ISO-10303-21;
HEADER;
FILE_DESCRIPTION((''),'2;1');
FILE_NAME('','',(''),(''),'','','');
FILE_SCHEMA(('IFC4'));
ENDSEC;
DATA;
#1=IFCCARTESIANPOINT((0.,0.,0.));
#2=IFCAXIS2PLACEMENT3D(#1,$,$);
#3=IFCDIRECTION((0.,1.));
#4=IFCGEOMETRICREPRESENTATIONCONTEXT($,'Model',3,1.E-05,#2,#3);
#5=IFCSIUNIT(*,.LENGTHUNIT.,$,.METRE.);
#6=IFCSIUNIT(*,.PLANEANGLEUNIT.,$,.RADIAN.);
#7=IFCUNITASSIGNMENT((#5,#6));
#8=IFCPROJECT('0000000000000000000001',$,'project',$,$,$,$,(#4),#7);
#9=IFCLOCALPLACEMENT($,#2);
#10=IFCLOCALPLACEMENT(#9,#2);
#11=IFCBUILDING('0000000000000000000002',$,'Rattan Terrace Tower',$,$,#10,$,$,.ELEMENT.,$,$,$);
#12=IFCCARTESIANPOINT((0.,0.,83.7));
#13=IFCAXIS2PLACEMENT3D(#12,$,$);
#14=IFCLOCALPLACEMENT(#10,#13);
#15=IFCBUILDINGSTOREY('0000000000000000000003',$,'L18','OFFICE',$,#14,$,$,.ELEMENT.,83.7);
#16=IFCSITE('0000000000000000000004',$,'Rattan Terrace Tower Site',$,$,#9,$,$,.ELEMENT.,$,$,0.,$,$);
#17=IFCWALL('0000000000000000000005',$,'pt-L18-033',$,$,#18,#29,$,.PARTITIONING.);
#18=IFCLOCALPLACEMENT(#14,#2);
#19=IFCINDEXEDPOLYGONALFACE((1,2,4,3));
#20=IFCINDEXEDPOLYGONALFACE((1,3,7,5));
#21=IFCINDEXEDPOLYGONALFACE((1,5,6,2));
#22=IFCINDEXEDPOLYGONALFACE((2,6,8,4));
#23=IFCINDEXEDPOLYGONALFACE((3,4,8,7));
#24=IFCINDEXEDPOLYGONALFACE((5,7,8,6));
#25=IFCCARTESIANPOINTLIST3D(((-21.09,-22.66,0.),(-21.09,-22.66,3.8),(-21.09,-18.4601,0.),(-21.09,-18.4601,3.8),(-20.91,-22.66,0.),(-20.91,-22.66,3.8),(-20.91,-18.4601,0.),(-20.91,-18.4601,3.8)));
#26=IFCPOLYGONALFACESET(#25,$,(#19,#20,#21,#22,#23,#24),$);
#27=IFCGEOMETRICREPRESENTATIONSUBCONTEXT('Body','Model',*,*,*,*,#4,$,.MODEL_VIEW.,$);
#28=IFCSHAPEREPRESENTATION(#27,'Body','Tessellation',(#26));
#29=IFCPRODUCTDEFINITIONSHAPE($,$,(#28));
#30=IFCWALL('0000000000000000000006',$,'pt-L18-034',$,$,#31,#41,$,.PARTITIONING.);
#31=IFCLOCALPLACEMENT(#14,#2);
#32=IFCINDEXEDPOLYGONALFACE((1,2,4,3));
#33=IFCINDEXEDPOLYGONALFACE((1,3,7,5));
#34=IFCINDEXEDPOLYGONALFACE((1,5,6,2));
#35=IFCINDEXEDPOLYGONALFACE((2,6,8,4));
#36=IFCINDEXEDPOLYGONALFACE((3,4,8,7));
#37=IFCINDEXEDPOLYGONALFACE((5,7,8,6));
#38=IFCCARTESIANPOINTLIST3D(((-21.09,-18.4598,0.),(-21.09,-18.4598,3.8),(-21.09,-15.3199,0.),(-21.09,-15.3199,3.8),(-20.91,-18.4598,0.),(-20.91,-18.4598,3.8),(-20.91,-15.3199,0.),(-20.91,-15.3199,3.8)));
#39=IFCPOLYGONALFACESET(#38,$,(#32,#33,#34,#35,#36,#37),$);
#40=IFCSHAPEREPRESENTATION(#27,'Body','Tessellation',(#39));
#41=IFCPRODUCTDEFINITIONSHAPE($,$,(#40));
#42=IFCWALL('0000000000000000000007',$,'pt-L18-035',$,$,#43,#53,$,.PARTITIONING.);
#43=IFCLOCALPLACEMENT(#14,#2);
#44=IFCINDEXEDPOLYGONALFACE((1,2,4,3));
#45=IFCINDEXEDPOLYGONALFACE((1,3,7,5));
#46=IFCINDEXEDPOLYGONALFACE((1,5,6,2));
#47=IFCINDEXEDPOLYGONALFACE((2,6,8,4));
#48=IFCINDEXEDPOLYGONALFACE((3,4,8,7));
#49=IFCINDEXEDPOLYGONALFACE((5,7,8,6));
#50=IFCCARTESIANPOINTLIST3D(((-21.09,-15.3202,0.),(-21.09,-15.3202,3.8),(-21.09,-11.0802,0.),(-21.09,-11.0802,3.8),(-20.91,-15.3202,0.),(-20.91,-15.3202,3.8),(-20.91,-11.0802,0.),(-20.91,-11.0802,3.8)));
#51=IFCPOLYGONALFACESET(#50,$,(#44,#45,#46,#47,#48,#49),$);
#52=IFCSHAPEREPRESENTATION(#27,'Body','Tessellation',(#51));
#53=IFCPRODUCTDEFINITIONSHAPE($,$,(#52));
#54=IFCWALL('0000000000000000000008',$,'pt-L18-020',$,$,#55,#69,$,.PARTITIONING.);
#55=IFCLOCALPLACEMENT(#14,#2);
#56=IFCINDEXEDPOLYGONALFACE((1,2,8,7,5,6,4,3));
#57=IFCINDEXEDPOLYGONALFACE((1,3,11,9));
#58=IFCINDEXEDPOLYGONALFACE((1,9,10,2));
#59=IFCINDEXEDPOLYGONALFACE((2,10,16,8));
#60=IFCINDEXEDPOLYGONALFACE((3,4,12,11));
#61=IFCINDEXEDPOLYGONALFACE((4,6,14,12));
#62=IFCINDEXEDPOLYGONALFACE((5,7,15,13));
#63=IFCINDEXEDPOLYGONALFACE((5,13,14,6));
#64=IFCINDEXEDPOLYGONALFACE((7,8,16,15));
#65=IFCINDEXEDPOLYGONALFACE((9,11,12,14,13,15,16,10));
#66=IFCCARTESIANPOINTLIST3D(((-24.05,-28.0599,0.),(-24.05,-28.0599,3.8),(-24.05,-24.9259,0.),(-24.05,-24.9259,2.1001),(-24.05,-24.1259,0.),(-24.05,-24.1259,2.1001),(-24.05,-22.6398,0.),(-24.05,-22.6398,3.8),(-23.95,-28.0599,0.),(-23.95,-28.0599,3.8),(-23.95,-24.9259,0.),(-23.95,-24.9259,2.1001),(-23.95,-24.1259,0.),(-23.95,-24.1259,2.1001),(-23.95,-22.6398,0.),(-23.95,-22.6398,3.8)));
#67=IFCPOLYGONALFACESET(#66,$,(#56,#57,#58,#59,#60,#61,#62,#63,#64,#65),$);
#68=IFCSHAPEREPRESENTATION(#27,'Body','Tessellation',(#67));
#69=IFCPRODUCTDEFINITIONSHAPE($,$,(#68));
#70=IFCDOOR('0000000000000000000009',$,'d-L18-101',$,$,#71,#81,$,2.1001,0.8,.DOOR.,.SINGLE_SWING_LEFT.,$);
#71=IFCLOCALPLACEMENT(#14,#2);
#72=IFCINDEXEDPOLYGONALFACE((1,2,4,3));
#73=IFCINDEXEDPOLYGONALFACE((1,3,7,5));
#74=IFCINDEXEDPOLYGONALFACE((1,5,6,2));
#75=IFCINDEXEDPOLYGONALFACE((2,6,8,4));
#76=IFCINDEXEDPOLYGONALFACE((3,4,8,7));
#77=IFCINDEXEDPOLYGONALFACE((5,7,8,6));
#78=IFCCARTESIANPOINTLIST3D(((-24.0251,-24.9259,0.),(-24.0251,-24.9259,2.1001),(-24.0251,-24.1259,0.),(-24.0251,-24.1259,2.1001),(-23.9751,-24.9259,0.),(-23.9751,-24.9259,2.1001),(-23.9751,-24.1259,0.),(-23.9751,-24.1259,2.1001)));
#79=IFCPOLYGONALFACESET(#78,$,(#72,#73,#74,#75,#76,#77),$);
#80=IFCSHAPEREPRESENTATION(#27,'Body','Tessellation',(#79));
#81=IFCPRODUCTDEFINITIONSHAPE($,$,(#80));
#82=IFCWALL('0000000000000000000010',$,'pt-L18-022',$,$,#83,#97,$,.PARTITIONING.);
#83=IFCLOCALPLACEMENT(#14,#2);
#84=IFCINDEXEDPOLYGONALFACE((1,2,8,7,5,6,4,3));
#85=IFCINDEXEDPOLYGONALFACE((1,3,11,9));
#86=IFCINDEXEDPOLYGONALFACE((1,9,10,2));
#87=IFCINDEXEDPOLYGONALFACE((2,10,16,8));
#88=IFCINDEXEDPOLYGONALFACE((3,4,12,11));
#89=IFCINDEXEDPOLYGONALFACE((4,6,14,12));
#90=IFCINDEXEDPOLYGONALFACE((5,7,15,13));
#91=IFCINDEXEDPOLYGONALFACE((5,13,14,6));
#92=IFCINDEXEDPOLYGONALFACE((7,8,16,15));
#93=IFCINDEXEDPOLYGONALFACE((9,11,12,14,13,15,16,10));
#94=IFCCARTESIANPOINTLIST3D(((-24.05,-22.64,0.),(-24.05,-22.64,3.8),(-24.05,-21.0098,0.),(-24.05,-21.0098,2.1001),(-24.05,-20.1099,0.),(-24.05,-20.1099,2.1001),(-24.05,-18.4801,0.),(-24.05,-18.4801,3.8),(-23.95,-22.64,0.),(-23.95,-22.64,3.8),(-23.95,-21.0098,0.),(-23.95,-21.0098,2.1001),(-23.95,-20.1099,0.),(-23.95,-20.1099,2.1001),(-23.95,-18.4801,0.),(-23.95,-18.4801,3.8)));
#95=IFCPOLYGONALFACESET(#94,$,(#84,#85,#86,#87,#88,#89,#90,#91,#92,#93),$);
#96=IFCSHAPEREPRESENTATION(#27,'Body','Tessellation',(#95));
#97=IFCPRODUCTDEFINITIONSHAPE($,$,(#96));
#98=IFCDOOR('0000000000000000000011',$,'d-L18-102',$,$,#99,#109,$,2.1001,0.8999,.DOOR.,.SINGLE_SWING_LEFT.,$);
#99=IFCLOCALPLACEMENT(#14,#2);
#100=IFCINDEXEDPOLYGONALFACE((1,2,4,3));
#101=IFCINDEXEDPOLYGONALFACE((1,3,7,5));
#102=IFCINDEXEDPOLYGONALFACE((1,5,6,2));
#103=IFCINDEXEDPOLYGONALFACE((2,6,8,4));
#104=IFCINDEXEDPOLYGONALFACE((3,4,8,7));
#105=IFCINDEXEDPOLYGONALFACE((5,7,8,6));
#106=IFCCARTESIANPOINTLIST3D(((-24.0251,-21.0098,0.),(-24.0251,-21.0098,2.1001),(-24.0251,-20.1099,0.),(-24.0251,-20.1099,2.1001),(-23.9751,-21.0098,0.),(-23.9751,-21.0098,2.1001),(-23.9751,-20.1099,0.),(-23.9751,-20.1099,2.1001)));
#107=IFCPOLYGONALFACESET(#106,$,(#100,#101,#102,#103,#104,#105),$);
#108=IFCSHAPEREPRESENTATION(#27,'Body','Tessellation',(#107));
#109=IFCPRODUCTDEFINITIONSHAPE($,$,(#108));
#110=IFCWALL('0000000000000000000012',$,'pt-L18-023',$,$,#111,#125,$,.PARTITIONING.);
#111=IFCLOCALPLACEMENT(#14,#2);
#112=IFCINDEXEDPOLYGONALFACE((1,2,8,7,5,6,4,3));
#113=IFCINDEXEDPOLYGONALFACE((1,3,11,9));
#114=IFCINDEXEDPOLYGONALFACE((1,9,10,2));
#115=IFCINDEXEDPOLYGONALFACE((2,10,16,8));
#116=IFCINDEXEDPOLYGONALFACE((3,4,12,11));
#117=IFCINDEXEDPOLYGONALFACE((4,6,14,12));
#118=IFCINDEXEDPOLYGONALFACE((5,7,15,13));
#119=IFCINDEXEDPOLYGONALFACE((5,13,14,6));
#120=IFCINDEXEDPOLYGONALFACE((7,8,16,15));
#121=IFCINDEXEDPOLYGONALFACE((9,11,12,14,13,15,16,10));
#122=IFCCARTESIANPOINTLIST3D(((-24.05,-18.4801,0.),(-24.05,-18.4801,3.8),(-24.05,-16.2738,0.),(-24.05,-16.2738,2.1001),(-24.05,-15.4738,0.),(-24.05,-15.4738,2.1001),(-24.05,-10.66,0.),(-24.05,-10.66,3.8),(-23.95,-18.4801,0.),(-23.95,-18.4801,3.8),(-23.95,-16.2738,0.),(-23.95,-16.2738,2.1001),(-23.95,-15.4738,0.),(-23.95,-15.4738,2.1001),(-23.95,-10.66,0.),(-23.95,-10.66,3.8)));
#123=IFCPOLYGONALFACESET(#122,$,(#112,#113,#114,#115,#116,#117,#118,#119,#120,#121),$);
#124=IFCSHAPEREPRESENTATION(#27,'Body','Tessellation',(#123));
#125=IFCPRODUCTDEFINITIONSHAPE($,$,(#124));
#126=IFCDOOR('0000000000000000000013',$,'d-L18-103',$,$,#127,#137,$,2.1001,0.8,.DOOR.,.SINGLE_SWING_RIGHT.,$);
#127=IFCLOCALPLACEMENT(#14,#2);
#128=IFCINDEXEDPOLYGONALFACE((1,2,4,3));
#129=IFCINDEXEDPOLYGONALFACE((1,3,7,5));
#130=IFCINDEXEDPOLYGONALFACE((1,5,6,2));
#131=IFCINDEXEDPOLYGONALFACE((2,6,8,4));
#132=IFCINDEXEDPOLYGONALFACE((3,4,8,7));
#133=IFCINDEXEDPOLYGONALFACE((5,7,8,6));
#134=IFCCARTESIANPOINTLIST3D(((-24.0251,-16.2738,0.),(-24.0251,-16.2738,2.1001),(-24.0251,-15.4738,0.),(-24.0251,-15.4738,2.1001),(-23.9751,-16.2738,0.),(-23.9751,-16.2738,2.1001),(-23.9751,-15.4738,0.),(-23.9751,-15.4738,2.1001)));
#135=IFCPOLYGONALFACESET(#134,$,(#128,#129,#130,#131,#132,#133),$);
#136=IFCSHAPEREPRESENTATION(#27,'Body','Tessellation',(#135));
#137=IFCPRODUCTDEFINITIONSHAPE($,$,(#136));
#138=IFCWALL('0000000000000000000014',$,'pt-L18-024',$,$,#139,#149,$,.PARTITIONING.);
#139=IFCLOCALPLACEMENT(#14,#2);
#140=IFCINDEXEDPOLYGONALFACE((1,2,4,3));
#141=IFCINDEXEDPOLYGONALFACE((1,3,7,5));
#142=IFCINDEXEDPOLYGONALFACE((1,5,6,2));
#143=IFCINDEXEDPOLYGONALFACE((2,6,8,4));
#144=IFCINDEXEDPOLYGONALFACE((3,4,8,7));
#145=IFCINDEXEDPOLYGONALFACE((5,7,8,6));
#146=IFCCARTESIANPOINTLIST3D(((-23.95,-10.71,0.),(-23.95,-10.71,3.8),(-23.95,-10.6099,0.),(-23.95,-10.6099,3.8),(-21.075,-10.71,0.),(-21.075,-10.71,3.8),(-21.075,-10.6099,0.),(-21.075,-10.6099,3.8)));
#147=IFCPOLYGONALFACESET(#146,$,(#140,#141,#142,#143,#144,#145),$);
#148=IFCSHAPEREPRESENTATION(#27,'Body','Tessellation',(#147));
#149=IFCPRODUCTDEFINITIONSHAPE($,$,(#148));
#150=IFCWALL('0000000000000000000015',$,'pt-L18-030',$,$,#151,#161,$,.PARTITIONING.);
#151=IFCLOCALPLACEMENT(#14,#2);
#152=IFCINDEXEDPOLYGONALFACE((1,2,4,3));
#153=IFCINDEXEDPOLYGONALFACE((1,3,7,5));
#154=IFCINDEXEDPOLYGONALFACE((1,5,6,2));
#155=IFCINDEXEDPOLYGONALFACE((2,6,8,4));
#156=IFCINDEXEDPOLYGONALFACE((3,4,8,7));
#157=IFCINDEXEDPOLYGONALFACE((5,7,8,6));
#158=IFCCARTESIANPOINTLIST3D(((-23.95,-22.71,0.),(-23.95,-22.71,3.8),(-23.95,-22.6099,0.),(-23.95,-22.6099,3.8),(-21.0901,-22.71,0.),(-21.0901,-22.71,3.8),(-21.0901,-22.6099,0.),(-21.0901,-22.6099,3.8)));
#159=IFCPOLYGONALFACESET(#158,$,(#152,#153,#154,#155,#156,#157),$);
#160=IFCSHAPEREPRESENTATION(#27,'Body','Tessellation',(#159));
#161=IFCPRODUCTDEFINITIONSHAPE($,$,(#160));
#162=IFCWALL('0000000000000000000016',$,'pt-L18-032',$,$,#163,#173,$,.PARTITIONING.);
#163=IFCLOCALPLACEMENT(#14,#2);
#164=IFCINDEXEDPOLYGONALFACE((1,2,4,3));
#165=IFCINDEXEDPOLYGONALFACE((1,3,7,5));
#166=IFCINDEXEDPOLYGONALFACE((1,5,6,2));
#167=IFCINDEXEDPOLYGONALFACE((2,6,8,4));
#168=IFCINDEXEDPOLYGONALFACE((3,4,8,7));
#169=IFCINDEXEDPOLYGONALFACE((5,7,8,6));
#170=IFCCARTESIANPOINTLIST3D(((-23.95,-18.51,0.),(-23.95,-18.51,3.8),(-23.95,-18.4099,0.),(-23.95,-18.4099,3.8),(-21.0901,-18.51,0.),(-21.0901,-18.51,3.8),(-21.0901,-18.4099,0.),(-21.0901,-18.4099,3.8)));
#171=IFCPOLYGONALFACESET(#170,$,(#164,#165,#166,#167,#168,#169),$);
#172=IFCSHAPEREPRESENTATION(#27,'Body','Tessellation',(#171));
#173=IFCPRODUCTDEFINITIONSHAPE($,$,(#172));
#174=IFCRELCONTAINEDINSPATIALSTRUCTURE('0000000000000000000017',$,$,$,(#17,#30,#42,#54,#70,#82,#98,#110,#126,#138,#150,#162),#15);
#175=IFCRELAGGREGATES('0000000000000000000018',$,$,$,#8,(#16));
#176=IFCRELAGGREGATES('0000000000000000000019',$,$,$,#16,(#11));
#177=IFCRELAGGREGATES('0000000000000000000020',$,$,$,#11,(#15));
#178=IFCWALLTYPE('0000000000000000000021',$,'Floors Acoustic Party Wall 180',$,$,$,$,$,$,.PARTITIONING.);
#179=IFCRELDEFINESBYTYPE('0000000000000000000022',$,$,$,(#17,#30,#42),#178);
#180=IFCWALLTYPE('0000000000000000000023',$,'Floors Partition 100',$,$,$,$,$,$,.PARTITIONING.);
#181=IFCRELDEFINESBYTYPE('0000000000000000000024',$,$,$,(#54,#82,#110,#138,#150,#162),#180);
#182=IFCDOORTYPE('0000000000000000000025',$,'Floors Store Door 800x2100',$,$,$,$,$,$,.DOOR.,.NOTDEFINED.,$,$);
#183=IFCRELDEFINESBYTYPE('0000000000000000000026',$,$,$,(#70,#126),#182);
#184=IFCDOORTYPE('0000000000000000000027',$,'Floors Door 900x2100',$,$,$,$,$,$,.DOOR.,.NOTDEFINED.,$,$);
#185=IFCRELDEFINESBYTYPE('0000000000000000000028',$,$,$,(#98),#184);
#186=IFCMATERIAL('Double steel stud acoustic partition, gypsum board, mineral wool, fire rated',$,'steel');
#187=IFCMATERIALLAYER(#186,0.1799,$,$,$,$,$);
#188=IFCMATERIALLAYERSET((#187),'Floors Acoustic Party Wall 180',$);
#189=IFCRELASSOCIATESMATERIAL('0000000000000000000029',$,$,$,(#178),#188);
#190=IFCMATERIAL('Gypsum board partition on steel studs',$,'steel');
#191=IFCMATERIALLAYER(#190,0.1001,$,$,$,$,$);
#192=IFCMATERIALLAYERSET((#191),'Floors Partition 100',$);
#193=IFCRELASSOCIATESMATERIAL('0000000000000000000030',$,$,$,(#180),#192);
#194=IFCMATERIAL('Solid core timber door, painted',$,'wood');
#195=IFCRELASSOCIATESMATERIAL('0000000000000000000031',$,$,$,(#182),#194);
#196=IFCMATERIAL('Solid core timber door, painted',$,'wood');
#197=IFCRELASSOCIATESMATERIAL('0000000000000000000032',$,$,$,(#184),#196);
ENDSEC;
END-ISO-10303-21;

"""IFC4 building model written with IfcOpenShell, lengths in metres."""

from ifc_helpers import new_model, si_unit, direction, frame, frame_2d, origin, place, context, subcontext, project, spatial, rectangle, extrude, material, layer, layer_set, type_object, element, fill, save


model = new_model("IFC4")

# Units and contexts
model_context = context("Model", 3, precision=1e-05, world=origin(), true_north=direction((0.0, 1.0)))
body_context = subcontext(model_context, "Body", "Model", "MODEL_VIEW")
ifc_project = project(units=[si_unit("LENGTHUNIT", "METRE"), si_unit("PLANEANGLEUNIT", "RADIAN")], contexts=[model_context])

# Site, building, storey
site_placement = place(None, origin())
site = spatial("IfcSite", under=ifc_project, at=site_placement, Name="Rattan Terrace Tower Site", CompositionType="ELEMENT", RefElevation=0.0)
building_placement = place(site_placement, origin())
building = spatial("IfcBuilding", under=site, at=building_placement, Name="Rattan Terrace Tower", CompositionType="ELEMENT")
storey_placement = place(building_placement, frame((0.0, 0.0, 83.7)))
storey = spatial("IfcBuildingStorey", under=building, at=storey_placement, Name="L18", Description="OFFICE", CompositionType="ELEMENT", Elevation=83.7)

# Walls
ifc_material_1 = material(Name="Double steel stud acoustic partition, gypsum board, mineral wool, fire rated", Category="steel")
ifc_layer_1 = layer(ifc_material_1, 0.1799)
ifc_layer_set_1 = layer_set([ifc_layer_1], Name="Floors Acoustic Party Wall 180")
wall_type_1 = type_object("IfcWallType", Name="Floors Acoustic Party Wall 180", PredefinedType="PARTITIONING", material=ifc_layer_set_1)
wall_1_placement = place(storey_placement, frame((-21.0, -18.46, 0.0), z_axis=(0.0, 0.0, 1.0), x_axis=(0.0, -1.0, 0.0)))
element("IfcWall", 1, at=wall_1_placement, inside=storey, type_object=wall_type_1, Name="pt-L18-033", PredefinedType="PARTITIONING", context=body_context, shape_type="SweptSolid", body=[
    extrude(rectangle(XDim=4.2, YDim=0.1799, at=frame_2d((2.1001, 0.0))), origin(), (0.0, 0.0, 1.0), 3.8),
])
wall_2_placement = place(storey_placement, frame((-21.0, -15.3201, 0.0), z_axis=(0.0, 0.0, 1.0), x_axis=(0.0, -1.0, 0.0)))
element("IfcWall", 2, at=wall_2_placement, inside=storey, type_object=wall_type_1, Name="pt-L18-034", PredefinedType="PARTITIONING", context=body_context, shape_type="SweptSolid", body=[
    extrude(rectangle(XDim=3.1399, YDim=0.1799, at=frame_2d((1.5698, 0.0))), origin(), (0.0, 0.0, 1.0), 3.8),
])
wall_3_placement = place(storey_placement, frame((-21.0, -11.0801, 0.0), z_axis=(0.0, 0.0, 1.0), x_axis=(0.0, -1.0, 0.0)))
element("IfcWall", 3, at=wall_3_placement, inside=storey, type_object=wall_type_1, Name="pt-L18-035", PredefinedType="PARTITIONING", context=body_context, shape_type="SweptSolid", body=[
    extrude(rectangle(XDim=4.24, YDim=0.1799, at=frame_2d((2.1201, 0.0))), origin(), (0.0, 0.0, 1.0), 3.8),
])

# Walls, openings, doors
ifc_material_2 = material(Name="Gypsum board partition on steel studs", Category="steel")
ifc_layer_2 = layer(ifc_material_2, 0.1001)
ifc_layer_set_2 = layer_set([ifc_layer_2], Name="Floors Partition 100")
wall_type_2 = type_object("IfcWallType", Name="Floors Partition 100", PredefinedType="PARTITIONING", material=ifc_layer_set_2)
wall_4_placement = place(storey_placement, frame((-24.0, -22.6399, 0.0), z_axis=(0.0, 0.0, 1.0), x_axis=(0.0, -1.0, 0.0)))
wall_4 = element("IfcWall", 4, at=wall_4_placement, inside=storey, type_object=wall_type_2, Name="pt-L18-020", PredefinedType="PARTITIONING", context=body_context, shape_type="SweptSolid", body=[
    extrude(rectangle(XDim=5.4202, YDim=0.1001, at=frame_2d((2.71, 0.0))), origin(), (0.0, 0.0, 1.0), 3.8),
])
opening_1_placement = place(wall_4_placement, frame((1.4861, 0.0, 0.0)))
opening_1 = element("IfcOpeningElement", 5, at=opening_1_placement, cuts=wall_4, PredefinedType="OPENING", context=body_context, shape_type="SweptSolid", body=[
    extrude(rectangle(XDim=0.8, YDim=2.1001, at=frame_2d((0.3999, 1.05))), frame((0.0, 0.0605, 0.0), z_axis=(0.0, -1.0, 0.0), x_axis=(1.0, 0.0, 0.0)), (0.0, 0.0, 1.0), 0.1211),
])
ifc_material_3 = material(Name="Solid core timber door, painted", Category="wood")
door_type_1 = type_object("IfcDoorType", Name="Floors Store Door 800x2100", OperationType="NOTDEFINED", PredefinedType="DOOR", material=ifc_material_3)
door_1_placement = place(opening_1_placement, origin())
door_1 = element("IfcDoor", 6, at=door_1_placement, inside=storey, type_object=door_type_1, Name="d-L18-101", OperationType="SINGLE_SWING_LEFT", OverallHeight=2.1001, OverallWidth=0.8, PredefinedType="DOOR", context=body_context, shape_type="SweptSolid", body=[
    extrude(rectangle(XDim=0.8, YDim=2.1001, at=frame_2d((0.3999, 1.05))), frame((0.0, 0.0249, 0.0), z_axis=(0.0, -1.0, 0.0), x_axis=(1.0, 0.0, 0.0)), (0.0, 0.0, 1.0), 0.05),
])
fill(opening_1, door_1)
wall_5_placement = place(storey_placement, frame((-24.0, -18.48, 0.0), z_axis=(0.0, 0.0, 1.0), x_axis=(0.0, -1.0, 0.0)))
wall_5 = element("IfcWall", 7, at=wall_5_placement, inside=storey, type_object=wall_type_2, Name="pt-L18-022", PredefinedType="PARTITIONING", context=body_context, shape_type="SweptSolid", body=[
    extrude(rectangle(XDim=4.1599, YDim=0.1001, at=frame_2d((2.0801, 0.0))), origin(), (0.0, 0.0, 1.0), 3.8),
])
opening_2_placement = place(wall_5_placement, frame((1.6299, 0.0, 0.0)))
opening_2 = element("IfcOpeningElement", 8, at=opening_2_placement, cuts=wall_5, PredefinedType="OPENING", context=body_context, shape_type="SweptSolid", body=[
    extrude(rectangle(XDim=0.8999, YDim=2.1001, at=frame_2d((0.45, 1.05))), frame((0.0, 0.0605, 0.0), z_axis=(0.0, -1.0, 0.0), x_axis=(1.0, 0.0, 0.0)), (0.0, 0.0, 1.0), 0.1211),
])
ifc_material_4 = material(Name="Solid core timber door, painted", Category="wood")
door_type_2 = type_object("IfcDoorType", Name="Floors Door 900x2100", OperationType="NOTDEFINED", PredefinedType="DOOR", material=ifc_material_4)
door_2_placement = place(opening_2_placement, origin())
door_2 = element("IfcDoor", 9, at=door_2_placement, inside=storey, type_object=door_type_2, Name="d-L18-102", OperationType="SINGLE_SWING_LEFT", OverallHeight=2.1001, OverallWidth=0.8999, PredefinedType="DOOR", context=body_context, shape_type="SweptSolid", body=[
    extrude(rectangle(XDim=0.8999, YDim=2.1001, at=frame_2d((0.45, 1.05))), frame((0.0, 0.0249, 0.0), z_axis=(0.0, -1.0, 0.0), x_axis=(1.0, 0.0, 0.0)), (0.0, 0.0, 1.0), 0.05),
])
fill(opening_2, door_2)
wall_6_placement = place(storey_placement, frame((-24.0, -10.6599, 0.0), z_axis=(0.0, 0.0, 1.0), x_axis=(0.0, -1.0, 0.0)))
wall_6 = element("IfcWall", 10, at=wall_6_placement, inside=storey, type_object=wall_type_2, Name="pt-L18-023", PredefinedType="PARTITIONING", context=body_context, shape_type="SweptSolid", body=[
    extrude(rectangle(XDim=7.8201, YDim=0.1001, at=frame_2d((3.9102, 0.0))), origin(), (0.0, 0.0, 1.0), 3.8),
])
opening_3_placement = place(wall_6_placement, frame((4.814, 0.0, 0.0)))
opening_3 = element("IfcOpeningElement", 11, at=opening_3_placement, cuts=wall_6, PredefinedType="OPENING", context=body_context, shape_type="SweptSolid", body=[
    extrude(rectangle(XDim=0.8, YDim=2.1001, at=frame_2d((0.3999, 1.05))), frame((0.0, 0.0605, 0.0), z_axis=(0.0, -1.0, 0.0), x_axis=(1.0, 0.0, 0.0)), (0.0, 0.0, 1.0), 0.1211),
])
door_3_placement = place(opening_3_placement, origin())
door_3 = element("IfcDoor", 12, at=door_3_placement, inside=storey, type_object=door_type_1, Name="d-L18-103", OperationType="SINGLE_SWING_RIGHT", OverallHeight=2.1001, OverallWidth=0.8, PredefinedType="DOOR", context=body_context, shape_type="SweptSolid", body=[
    extrude(rectangle(XDim=0.8, YDim=2.1001, at=frame_2d((0.3999, 1.05))), frame((0.0, 0.0249, 0.0), z_axis=(0.0, -1.0, 0.0), x_axis=(1.0, 0.0, 0.0)), (0.0, 0.0, 1.0), 0.05),
])
fill(opening_3, door_3)

# Walls
wall_7_placement = place(storey_placement, frame((-21.075, -10.6599, 0.0), z_axis=(0.0, 0.0, 1.0), x_axis=(-1.0, 0.0, 0.0)))
element("IfcWall", 13, at=wall_7_placement, inside=storey, type_object=wall_type_2, Name="pt-L18-024", PredefinedType="PARTITIONING", context=body_context, shape_type="SweptSolid", body=[
    extrude(rectangle(XDim=2.875, YDim=0.1001, at=frame_2d((1.4375, 0.0))), origin(), (0.0, 0.0, 1.0), 3.8),
])
for number, where, z_axis, x_axis, name in (
    (14, (-23.95, -22.6599, 0.0), (0.0, 0.0, 1.0), (1.0, 0.0, 0.0), "pt-L18-030"),
    (15, (-23.95, -18.46, 0.0), (0.0, 0.0, 1.0), (1.0, 0.0, 0.0), "pt-L18-032"),
):
    element("IfcWall", number, at=place(storey_placement, frame(where, z_axis=z_axis, x_axis=x_axis)), inside=storey, type_object=wall_type_2, Name=name, PredefinedType="PARTITIONING", context=body_context, shape_type="SweptSolid", body=[
        extrude(rectangle(XDim=2.8599, YDim=0.1001, at=frame_2d((1.4299, 0.0))), origin(), (0.0, 0.0, 1.0), 3.8),
    ])

save(model, "model.ifc")
